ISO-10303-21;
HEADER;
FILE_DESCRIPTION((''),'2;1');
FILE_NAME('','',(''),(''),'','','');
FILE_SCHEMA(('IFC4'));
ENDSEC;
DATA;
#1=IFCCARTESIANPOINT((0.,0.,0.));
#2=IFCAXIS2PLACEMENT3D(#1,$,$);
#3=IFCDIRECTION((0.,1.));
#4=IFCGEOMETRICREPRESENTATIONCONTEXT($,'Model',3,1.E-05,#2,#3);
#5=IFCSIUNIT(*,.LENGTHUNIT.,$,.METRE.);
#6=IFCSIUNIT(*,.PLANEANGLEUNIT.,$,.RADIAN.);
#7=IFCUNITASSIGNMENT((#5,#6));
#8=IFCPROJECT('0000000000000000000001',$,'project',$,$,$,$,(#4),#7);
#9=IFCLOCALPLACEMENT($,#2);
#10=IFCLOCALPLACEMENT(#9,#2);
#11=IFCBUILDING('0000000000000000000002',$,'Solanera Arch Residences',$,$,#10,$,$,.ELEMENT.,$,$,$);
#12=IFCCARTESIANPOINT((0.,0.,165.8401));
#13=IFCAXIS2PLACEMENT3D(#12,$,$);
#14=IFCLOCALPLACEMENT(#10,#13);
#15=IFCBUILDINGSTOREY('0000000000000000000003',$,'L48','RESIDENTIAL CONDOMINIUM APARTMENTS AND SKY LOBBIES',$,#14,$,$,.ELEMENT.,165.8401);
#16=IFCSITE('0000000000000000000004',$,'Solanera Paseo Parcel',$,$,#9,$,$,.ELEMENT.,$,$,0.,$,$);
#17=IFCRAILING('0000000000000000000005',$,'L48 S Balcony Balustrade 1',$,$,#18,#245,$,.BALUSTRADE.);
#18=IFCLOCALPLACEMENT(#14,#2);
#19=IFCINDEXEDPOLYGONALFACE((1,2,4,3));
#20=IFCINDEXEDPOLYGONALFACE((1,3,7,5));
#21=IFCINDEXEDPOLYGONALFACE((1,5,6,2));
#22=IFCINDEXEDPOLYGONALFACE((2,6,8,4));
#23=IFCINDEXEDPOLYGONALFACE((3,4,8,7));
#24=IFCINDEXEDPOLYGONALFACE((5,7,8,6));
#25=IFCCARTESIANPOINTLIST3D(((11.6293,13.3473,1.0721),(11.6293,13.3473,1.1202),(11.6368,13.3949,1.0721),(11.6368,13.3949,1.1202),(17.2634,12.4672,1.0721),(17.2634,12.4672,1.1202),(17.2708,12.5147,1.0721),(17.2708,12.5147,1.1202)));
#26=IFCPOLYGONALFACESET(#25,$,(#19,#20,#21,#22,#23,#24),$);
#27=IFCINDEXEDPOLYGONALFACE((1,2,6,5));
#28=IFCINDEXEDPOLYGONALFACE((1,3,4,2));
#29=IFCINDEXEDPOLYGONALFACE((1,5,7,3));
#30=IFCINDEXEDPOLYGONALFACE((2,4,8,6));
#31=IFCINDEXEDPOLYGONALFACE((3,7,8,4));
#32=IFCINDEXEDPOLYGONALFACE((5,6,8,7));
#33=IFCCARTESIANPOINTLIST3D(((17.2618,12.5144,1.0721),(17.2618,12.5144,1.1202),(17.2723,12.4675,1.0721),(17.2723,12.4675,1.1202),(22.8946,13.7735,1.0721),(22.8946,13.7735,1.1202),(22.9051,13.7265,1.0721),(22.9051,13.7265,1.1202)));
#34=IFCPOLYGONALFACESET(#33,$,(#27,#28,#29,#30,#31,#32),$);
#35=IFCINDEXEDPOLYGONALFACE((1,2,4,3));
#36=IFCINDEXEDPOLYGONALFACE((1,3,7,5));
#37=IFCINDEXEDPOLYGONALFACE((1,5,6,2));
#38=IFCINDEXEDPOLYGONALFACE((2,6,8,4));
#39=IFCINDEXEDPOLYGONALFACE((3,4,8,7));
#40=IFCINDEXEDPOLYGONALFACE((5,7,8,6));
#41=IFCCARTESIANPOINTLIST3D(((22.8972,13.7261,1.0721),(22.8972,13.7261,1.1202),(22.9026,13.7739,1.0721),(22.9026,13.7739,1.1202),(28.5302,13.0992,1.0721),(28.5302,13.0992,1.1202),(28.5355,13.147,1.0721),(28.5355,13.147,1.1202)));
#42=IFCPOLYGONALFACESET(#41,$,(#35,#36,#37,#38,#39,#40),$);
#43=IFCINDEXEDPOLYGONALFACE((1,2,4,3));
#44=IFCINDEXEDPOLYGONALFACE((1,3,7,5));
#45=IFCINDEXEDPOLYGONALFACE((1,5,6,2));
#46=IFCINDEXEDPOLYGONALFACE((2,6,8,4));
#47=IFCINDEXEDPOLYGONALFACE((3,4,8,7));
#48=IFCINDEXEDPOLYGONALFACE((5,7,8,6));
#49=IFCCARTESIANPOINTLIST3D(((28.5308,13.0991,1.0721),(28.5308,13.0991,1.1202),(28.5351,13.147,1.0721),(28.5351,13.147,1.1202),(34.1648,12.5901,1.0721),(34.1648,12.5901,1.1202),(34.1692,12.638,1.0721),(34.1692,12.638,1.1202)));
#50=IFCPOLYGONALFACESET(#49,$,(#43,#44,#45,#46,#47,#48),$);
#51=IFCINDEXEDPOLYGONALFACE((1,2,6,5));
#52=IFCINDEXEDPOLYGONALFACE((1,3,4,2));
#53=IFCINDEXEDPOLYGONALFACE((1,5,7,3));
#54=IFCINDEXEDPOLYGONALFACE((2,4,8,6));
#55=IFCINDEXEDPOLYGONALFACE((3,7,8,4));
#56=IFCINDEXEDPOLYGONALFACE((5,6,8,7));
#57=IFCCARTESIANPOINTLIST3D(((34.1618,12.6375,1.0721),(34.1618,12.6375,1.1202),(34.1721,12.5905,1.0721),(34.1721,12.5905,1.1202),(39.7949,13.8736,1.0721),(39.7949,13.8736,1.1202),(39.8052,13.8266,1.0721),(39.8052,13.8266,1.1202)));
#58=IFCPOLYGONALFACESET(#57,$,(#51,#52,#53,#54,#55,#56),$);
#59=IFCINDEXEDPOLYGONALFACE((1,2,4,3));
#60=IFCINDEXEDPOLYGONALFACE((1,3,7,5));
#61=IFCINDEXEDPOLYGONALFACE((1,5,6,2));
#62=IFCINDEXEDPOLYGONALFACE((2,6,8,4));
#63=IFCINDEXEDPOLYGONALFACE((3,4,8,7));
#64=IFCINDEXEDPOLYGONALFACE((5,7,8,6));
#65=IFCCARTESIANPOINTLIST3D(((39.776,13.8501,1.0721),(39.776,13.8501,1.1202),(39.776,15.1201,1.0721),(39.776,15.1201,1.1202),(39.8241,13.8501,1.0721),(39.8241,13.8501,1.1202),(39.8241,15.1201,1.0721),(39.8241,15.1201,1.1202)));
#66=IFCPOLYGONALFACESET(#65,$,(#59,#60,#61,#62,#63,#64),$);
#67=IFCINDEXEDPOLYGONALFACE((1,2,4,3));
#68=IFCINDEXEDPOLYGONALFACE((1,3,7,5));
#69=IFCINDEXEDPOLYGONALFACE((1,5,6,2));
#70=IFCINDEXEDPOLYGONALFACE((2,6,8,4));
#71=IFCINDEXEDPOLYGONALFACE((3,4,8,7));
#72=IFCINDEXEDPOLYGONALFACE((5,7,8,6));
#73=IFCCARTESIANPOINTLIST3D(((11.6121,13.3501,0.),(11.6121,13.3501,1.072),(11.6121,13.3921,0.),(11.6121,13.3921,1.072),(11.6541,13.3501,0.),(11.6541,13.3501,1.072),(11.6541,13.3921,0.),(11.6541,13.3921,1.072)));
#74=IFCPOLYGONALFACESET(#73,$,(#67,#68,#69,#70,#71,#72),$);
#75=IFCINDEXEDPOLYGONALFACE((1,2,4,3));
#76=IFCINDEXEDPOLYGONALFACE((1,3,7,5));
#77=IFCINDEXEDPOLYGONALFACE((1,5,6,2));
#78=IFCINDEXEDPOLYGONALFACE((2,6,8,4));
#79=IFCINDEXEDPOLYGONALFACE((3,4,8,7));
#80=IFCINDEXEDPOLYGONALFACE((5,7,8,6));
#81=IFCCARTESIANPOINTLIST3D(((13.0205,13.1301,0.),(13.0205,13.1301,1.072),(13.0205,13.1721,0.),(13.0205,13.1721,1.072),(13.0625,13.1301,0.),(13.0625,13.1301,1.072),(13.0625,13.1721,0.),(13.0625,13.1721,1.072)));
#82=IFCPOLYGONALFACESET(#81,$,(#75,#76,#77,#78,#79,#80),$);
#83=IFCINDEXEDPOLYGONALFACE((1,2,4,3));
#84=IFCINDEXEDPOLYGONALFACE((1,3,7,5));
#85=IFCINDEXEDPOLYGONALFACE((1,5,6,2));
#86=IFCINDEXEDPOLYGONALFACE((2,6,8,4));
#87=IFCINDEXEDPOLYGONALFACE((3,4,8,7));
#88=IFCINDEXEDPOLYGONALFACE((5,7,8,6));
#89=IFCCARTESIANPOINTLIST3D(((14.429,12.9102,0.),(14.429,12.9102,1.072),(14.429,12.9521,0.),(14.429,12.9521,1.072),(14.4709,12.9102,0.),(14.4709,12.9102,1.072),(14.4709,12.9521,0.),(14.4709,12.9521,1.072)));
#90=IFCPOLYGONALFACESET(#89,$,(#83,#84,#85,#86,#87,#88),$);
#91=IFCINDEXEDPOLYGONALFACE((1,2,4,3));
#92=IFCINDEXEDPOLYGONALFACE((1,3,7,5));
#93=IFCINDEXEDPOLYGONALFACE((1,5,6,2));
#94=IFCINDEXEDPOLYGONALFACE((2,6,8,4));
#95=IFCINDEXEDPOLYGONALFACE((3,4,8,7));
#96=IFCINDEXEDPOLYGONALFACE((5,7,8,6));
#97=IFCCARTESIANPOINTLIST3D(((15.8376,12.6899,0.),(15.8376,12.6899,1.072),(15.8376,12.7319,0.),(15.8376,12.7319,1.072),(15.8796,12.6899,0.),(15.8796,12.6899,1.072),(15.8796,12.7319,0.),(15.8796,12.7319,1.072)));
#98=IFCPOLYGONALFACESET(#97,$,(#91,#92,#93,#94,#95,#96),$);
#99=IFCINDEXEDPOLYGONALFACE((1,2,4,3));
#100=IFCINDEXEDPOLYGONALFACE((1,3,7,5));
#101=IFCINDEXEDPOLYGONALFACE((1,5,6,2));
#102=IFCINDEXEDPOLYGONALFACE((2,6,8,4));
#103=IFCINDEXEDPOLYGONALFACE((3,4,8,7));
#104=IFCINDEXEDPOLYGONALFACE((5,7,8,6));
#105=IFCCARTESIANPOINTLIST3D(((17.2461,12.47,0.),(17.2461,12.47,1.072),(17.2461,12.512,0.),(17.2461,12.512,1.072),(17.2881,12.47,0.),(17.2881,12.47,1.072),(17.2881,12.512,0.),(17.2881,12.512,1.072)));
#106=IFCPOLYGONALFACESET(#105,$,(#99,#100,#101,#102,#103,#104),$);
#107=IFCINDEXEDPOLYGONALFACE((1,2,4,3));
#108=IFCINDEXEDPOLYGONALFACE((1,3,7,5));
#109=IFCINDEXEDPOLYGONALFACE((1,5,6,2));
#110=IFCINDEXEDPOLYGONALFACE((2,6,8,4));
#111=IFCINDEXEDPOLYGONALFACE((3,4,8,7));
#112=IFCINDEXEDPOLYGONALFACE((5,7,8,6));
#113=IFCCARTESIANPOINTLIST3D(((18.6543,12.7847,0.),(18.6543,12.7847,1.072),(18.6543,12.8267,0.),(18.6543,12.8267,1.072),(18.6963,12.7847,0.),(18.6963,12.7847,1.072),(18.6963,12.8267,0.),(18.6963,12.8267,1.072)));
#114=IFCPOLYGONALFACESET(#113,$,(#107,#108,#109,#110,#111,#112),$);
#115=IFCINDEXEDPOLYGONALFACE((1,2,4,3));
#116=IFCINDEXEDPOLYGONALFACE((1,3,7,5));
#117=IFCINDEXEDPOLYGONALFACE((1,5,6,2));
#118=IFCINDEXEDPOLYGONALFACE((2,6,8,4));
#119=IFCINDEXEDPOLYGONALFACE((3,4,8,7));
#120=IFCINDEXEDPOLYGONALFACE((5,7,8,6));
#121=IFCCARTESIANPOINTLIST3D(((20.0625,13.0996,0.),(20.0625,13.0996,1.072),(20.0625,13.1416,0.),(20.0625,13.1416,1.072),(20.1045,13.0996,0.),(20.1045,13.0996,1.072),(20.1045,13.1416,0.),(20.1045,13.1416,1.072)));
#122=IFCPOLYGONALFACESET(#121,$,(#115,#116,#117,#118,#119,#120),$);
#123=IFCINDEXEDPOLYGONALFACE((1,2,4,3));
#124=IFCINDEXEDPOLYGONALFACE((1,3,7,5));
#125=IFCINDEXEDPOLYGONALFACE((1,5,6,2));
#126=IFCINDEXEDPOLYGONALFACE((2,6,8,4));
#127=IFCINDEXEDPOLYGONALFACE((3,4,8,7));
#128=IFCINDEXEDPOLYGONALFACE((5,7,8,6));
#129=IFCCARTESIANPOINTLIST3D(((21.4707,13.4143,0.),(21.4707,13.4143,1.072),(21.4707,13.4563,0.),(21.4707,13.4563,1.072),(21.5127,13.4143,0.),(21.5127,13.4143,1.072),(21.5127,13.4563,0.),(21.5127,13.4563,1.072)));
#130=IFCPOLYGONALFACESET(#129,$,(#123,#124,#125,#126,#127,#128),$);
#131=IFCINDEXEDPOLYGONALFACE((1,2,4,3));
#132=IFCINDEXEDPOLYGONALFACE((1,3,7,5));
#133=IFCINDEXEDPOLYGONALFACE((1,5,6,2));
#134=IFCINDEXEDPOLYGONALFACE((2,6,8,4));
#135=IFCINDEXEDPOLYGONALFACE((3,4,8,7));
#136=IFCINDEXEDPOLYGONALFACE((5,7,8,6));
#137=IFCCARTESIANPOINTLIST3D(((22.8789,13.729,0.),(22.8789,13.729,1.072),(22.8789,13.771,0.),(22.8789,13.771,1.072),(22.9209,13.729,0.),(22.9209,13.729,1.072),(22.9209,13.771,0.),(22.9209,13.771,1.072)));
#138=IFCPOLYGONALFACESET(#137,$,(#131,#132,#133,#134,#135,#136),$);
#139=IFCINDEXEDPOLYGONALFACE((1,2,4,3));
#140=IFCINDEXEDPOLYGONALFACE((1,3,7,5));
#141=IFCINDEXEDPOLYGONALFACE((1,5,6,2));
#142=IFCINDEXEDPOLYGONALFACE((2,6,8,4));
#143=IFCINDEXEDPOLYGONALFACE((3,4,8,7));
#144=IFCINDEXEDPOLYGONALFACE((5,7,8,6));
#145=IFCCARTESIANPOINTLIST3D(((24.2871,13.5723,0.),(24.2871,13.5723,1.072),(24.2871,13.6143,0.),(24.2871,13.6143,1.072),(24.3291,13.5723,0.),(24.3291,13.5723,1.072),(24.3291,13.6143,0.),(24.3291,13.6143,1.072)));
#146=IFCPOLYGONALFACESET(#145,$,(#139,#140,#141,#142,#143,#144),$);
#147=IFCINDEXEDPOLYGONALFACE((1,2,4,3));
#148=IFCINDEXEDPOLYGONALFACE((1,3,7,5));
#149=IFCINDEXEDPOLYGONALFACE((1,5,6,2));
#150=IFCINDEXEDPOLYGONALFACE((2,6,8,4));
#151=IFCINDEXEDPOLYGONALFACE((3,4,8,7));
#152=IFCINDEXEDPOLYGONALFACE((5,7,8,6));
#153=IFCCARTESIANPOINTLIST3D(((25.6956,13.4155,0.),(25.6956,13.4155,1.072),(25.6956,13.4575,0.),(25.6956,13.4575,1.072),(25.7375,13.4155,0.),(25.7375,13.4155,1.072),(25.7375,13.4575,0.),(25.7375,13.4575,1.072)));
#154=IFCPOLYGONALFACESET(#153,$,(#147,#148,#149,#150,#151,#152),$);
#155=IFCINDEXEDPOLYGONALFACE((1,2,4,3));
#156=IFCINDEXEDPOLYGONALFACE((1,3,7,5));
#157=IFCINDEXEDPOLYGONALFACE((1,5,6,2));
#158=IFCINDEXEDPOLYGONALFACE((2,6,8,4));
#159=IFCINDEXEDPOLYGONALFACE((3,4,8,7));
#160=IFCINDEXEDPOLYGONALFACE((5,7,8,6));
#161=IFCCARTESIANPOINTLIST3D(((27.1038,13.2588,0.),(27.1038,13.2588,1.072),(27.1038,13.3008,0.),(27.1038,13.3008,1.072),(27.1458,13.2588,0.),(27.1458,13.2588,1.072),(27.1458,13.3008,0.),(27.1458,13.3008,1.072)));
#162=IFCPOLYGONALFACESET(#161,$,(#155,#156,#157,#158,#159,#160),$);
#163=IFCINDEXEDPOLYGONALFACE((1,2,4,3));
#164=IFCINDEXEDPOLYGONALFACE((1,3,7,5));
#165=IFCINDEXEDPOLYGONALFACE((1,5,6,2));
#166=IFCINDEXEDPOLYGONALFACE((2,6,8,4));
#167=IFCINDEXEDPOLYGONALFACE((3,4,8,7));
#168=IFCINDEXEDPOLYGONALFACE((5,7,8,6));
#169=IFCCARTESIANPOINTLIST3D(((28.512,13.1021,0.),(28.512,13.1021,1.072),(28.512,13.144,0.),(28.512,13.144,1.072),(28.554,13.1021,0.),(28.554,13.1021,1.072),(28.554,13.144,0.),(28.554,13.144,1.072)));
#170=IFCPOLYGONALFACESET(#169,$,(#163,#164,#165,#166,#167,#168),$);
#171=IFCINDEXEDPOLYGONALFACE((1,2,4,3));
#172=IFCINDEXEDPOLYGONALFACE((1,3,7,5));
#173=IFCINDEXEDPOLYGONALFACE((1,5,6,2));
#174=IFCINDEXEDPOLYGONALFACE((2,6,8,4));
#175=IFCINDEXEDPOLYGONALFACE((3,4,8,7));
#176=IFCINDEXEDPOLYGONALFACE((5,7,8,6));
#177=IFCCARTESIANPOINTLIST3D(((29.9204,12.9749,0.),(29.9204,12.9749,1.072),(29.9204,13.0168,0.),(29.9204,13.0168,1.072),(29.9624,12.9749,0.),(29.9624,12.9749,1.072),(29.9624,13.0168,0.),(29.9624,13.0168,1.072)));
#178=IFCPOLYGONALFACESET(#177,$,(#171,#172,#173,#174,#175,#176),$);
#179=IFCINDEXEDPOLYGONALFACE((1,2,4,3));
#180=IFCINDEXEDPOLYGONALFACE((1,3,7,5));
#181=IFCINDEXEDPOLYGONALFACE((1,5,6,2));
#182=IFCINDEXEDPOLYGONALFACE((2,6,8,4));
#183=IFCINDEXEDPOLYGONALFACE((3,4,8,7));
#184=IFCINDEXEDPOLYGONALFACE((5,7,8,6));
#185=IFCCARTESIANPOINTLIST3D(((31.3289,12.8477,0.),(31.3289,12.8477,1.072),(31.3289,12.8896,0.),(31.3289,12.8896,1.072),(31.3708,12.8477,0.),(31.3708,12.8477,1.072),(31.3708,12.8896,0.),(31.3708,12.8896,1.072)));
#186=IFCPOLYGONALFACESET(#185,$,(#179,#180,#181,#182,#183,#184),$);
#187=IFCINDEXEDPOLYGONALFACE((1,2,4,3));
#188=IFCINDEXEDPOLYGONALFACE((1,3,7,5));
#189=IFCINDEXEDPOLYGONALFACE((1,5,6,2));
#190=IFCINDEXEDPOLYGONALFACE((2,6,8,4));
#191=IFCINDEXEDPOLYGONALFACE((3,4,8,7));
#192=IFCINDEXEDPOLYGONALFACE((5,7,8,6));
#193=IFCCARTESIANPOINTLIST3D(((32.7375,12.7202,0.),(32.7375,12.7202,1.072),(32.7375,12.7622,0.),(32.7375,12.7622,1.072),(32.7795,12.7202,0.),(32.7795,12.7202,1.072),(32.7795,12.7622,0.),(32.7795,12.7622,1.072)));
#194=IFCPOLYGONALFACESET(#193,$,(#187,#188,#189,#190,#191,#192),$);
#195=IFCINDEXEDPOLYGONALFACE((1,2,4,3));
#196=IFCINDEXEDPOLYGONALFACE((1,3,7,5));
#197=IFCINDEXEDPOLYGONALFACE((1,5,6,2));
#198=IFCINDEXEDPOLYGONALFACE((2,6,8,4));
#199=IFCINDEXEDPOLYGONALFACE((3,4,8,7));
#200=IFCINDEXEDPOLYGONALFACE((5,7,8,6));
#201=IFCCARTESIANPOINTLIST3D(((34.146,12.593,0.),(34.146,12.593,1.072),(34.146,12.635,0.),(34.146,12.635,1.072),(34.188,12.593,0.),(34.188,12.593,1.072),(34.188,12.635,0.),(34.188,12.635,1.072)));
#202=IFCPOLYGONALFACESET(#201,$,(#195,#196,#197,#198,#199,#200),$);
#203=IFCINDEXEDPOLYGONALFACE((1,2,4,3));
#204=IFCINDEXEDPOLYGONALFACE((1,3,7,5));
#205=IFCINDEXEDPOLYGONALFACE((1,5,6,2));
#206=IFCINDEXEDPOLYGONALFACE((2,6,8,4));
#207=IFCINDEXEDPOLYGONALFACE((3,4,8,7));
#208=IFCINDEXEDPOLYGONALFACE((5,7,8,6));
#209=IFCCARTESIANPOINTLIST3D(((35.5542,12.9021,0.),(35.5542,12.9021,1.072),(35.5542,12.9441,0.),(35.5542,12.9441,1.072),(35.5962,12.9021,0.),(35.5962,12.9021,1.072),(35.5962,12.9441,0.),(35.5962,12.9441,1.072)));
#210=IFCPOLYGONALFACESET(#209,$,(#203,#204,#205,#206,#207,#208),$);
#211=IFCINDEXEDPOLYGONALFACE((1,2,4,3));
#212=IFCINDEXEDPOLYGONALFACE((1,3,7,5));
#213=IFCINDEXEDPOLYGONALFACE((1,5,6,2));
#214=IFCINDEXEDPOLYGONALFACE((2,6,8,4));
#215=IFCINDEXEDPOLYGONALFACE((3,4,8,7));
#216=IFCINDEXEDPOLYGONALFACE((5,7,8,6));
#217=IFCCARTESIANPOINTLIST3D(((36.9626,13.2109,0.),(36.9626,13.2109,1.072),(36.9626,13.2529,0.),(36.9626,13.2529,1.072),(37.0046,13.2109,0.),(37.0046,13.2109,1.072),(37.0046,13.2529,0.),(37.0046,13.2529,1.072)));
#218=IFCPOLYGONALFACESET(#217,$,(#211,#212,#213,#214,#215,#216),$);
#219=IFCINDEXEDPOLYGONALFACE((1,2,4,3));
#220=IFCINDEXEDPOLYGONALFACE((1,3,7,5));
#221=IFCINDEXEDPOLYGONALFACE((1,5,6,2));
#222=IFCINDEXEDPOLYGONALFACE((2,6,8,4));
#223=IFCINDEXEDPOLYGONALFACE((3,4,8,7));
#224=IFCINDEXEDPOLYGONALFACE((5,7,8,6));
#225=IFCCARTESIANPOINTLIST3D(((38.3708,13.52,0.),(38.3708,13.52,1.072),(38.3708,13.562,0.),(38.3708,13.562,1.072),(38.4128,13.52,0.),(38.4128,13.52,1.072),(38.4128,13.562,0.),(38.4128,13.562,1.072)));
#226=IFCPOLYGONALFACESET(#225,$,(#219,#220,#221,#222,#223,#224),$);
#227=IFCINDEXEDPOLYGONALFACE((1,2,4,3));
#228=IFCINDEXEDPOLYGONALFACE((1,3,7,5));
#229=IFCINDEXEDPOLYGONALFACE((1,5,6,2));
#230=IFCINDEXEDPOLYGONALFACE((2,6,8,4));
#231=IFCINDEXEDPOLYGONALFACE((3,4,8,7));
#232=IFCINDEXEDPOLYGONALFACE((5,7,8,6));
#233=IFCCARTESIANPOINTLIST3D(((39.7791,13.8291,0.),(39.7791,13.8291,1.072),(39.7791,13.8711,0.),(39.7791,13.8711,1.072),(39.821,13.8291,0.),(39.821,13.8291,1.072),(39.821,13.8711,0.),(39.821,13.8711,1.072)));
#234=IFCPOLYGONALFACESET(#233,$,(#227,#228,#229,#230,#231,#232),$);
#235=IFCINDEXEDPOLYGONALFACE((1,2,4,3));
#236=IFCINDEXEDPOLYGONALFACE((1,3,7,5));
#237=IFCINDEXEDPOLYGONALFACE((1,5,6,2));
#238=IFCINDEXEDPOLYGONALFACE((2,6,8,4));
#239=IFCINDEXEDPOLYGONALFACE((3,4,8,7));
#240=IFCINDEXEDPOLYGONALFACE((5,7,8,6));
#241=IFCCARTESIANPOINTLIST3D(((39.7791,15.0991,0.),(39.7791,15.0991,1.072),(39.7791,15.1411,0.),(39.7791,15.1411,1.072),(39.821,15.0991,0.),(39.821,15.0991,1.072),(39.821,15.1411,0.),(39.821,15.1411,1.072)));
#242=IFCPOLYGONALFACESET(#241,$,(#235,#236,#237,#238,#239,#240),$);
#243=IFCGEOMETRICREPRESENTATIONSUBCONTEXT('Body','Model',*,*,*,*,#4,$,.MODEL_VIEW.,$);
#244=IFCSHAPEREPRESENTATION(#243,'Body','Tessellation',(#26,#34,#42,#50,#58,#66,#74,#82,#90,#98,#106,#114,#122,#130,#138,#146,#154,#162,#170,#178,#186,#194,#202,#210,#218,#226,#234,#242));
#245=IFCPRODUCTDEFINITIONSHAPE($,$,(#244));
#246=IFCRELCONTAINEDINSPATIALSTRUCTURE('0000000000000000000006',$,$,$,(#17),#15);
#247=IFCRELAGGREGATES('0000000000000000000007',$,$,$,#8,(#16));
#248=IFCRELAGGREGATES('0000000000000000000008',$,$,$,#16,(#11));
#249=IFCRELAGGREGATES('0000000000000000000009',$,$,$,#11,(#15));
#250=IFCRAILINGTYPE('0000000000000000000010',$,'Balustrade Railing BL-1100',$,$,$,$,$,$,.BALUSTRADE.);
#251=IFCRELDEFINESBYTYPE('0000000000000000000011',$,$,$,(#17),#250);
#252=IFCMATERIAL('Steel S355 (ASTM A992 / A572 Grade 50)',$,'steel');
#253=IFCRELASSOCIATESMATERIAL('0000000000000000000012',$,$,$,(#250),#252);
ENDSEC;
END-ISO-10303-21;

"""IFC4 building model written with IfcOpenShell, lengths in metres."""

from ifc_helpers import new_model, si_unit, direction, frame, origin, origin_2d, place, context, subcontext, project, spatial, rectangle, extrude, material, type_object, element, save


model = new_model("IFC4")

# Units and contexts
model_context = context("Model", 3, precision=1e-05, world=origin(), true_north=direction((0.0, 1.0)))
body_context = subcontext(model_context, "Body", "Model", "MODEL_VIEW")
ifc_project = project(units=[si_unit("LENGTHUNIT", "METRE"), si_unit("PLANEANGLEUNIT", "RADIAN")], contexts=[model_context])

# Site, building, storey
site_placement = place(None, origin())
site = spatial("IfcSite", under=ifc_project, at=site_placement, Name="Solanera Paseo Parcel", CompositionType="ELEMENT", RefElevation=0.0)
building_placement = place(site_placement, origin())
building = spatial("IfcBuilding", under=site, at=building_placement, Name="Solanera Arch Residences", CompositionType="ELEMENT")
storey_placement = place(building_placement, frame((0.0, 0.0, 165.8401)))
storey = spatial("IfcBuildingStorey", under=building, at=storey_placement, Name="L48", Description="RESIDENTIAL CONDOMINIUM APARTMENTS AND SKY LOBBIES", CompositionType="ELEMENT", Elevation=165.8401)

# Railing
ifc_material_1 = material(Name="Steel S355 (ASTM A992 / A572 Grade 50)", Category="steel")
railing_type = type_object("IfcRailingType", Name="Balustrade Railing BL-1100", PredefinedType="BALUSTRADE", material=ifc_material_1)
railing_placement = place(storey_placement, frame((11.6331, 13.3711, 0.0)))
element("IfcRailing", 1, at=railing_placement, inside=storey, type_object=railing_type, Name="L48 S Balcony Balustrade 1", PredefinedType="BALUSTRADE", context=body_context, shape_type="SweptSolid", body=[
    extrude(rectangle(XDim=0.0481, YDim=0.0481, at=origin_2d()), frame((0.0, 0.0, 1.0962), z_axis=(0.988017, -0.154344, 0.0), x_axis=(0.154344, 0.988017, 0.0)), (0.0, 0.0, 1.0), 5.7024),
    extrude(rectangle(XDim=0.0481, YDim=0.0481, at=origin_2d()), frame((5.634, -0.8801, 1.0962), z_axis=(0.975919, 0.218135, 0.0), x_axis=(-0.218135, 0.975919, 0.0)), (0.0, 0.0, 1.0), 5.7717),
    extrude(rectangle(XDim=0.0481, YDim=0.0481, at=origin_2d()), frame((11.2668, 0.3789, 1.0962), z_axis=(0.993863, -0.110616, 0.0), x_axis=(0.110616, 0.993863, 0.0)), (0.0, 0.0, 1.0), 5.6677),
    extrude(rectangle(XDim=0.0481, YDim=0.0481, at=origin_2d()), frame((16.8999, -0.248, 1.0962), z_axis=(0.995943, -0.089983, 0.0), x_axis=(0.089983, 0.995943, 0.0)), (0.0, 0.0, 1.0), 5.657),
    extrude(rectangle(XDim=0.0481, YDim=0.0481, at=origin_2d()), frame((22.5339, -0.7571, 1.0962), z_axis=(0.97676, 0.214334, 0.0), x_axis=(-0.214334, 0.97676, 0.0)), (0.0, 0.0, 1.0), 5.7671),
    extrude(rectangle(XDim=0.0481, YDim=0.0481, at=origin_2d()), frame((28.167, 0.479, 1.0962), z_axis=(0.0, 1.0, 0.0), x_axis=(-1.0, 0.0, 0.0)), (0.0, 0.0, 1.0), 1.27),
    extrude(rectangle(XDim=0.042, YDim=0.042, at=origin_2d()), origin(), (0.0, 0.0, 1.0), 1.072),
    extrude(rectangle(XDim=0.042, YDim=0.042, at=origin_2d()), frame((1.4084, -0.22, 0.0)), (0.0, 0.0, 1.0), 1.072),
    extrude(rectangle(XDim=0.042, YDim=0.042, at=origin_2d()), frame((2.8169, -0.4399, 0.0)), (0.0, 0.0, 1.0), 1.072),
    extrude(rectangle(XDim=0.042, YDim=0.042, at=origin_2d()), frame((4.2256, -0.6602, 0.0)), (0.0, 0.0, 1.0), 1.072),
    extrude(rectangle(XDim=0.042, YDim=0.042, at=origin_2d()), frame((5.634, -0.8801, 0.0)), (0.0, 0.0, 1.0), 1.072),
    extrude(rectangle(XDim=0.042, YDim=0.042, at=origin_2d()), frame((7.0422, -0.5654, 0.0)), (0.0, 0.0, 1.0), 1.072),
    extrude(rectangle(XDim=0.042, YDim=0.042, at=origin_2d()), frame((8.4504, -0.2505, 0.0)), (0.0, 0.0, 1.0), 1.072),
    extrude(rectangle(XDim=0.042, YDim=0.042, at=origin_2d()), frame((9.8586, 0.0642, 0.0)), (0.0, 0.0, 1.0), 1.072),
    extrude(rectangle(XDim=0.042, YDim=0.042, at=origin_2d()), frame((11.2668, 0.3789, 0.0)), (0.0, 0.0, 1.0), 1.072),
    extrude(rectangle(XDim=0.042, YDim=0.042, at=origin_2d()), frame((12.675, 0.2222, 0.0)), (0.0, 0.0, 1.0), 1.072),
    extrude(rectangle(XDim=0.042, YDim=0.042, at=origin_2d()), frame((14.0835, 0.0654, 0.0)), (0.0, 0.0, 1.0), 1.072),
    extrude(rectangle(XDim=0.042, YDim=0.042, at=origin_2d()), frame((15.4917, -0.0913, 0.0)), (0.0, 0.0, 1.0), 1.072),
    extrude(rectangle(XDim=0.042, YDim=0.042, at=origin_2d()), frame((16.8999, -0.248, 0.0)), (0.0, 0.0, 1.0), 1.072),
    extrude(rectangle(XDim=0.042, YDim=0.042, at=origin_2d()), frame((18.3083, -0.3752, 0.0)), (0.0, 0.0, 1.0), 1.072),
    extrude(rectangle(XDim=0.042, YDim=0.042, at=origin_2d()), frame((19.7168, -0.5024, 0.0)), (0.0, 0.0, 1.0), 1.072),
    extrude(rectangle(XDim=0.042, YDim=0.042, at=origin_2d()), frame((21.1255, -0.6299, 0.0)), (0.0, 0.0, 1.0), 1.072),
    extrude(rectangle(XDim=0.042, YDim=0.042, at=origin_2d()), frame((22.5339, -0.7571, 0.0)), (0.0, 0.0, 1.0), 1.072),
    extrude(rectangle(XDim=0.042, YDim=0.042, at=origin_2d()), frame((23.9421, -0.448, 0.0)), (0.0, 0.0, 1.0), 1.072),
    extrude(rectangle(XDim=0.042, YDim=0.042, at=origin_2d()), frame((25.3506, -0.1392, 0.0)), (0.0, 0.0, 1.0), 1.072),
    extrude(rectangle(XDim=0.042, YDim=0.042, at=origin_2d()), frame((26.7588, 0.1699, 0.0)), (0.0, 0.0, 1.0), 1.072),
    extrude(rectangle(XDim=0.042, YDim=0.042, at=origin_2d()), frame((28.167, 0.479, 0.0)), (0.0, 0.0, 1.0), 1.072),
    extrude(rectangle(XDim=0.042, YDim=0.042, at=origin_2d()), frame((28.167, 1.749, 0.0)), (0.0, 0.0, 1.0), 1.072),
])

save(model, "model.ifc")
